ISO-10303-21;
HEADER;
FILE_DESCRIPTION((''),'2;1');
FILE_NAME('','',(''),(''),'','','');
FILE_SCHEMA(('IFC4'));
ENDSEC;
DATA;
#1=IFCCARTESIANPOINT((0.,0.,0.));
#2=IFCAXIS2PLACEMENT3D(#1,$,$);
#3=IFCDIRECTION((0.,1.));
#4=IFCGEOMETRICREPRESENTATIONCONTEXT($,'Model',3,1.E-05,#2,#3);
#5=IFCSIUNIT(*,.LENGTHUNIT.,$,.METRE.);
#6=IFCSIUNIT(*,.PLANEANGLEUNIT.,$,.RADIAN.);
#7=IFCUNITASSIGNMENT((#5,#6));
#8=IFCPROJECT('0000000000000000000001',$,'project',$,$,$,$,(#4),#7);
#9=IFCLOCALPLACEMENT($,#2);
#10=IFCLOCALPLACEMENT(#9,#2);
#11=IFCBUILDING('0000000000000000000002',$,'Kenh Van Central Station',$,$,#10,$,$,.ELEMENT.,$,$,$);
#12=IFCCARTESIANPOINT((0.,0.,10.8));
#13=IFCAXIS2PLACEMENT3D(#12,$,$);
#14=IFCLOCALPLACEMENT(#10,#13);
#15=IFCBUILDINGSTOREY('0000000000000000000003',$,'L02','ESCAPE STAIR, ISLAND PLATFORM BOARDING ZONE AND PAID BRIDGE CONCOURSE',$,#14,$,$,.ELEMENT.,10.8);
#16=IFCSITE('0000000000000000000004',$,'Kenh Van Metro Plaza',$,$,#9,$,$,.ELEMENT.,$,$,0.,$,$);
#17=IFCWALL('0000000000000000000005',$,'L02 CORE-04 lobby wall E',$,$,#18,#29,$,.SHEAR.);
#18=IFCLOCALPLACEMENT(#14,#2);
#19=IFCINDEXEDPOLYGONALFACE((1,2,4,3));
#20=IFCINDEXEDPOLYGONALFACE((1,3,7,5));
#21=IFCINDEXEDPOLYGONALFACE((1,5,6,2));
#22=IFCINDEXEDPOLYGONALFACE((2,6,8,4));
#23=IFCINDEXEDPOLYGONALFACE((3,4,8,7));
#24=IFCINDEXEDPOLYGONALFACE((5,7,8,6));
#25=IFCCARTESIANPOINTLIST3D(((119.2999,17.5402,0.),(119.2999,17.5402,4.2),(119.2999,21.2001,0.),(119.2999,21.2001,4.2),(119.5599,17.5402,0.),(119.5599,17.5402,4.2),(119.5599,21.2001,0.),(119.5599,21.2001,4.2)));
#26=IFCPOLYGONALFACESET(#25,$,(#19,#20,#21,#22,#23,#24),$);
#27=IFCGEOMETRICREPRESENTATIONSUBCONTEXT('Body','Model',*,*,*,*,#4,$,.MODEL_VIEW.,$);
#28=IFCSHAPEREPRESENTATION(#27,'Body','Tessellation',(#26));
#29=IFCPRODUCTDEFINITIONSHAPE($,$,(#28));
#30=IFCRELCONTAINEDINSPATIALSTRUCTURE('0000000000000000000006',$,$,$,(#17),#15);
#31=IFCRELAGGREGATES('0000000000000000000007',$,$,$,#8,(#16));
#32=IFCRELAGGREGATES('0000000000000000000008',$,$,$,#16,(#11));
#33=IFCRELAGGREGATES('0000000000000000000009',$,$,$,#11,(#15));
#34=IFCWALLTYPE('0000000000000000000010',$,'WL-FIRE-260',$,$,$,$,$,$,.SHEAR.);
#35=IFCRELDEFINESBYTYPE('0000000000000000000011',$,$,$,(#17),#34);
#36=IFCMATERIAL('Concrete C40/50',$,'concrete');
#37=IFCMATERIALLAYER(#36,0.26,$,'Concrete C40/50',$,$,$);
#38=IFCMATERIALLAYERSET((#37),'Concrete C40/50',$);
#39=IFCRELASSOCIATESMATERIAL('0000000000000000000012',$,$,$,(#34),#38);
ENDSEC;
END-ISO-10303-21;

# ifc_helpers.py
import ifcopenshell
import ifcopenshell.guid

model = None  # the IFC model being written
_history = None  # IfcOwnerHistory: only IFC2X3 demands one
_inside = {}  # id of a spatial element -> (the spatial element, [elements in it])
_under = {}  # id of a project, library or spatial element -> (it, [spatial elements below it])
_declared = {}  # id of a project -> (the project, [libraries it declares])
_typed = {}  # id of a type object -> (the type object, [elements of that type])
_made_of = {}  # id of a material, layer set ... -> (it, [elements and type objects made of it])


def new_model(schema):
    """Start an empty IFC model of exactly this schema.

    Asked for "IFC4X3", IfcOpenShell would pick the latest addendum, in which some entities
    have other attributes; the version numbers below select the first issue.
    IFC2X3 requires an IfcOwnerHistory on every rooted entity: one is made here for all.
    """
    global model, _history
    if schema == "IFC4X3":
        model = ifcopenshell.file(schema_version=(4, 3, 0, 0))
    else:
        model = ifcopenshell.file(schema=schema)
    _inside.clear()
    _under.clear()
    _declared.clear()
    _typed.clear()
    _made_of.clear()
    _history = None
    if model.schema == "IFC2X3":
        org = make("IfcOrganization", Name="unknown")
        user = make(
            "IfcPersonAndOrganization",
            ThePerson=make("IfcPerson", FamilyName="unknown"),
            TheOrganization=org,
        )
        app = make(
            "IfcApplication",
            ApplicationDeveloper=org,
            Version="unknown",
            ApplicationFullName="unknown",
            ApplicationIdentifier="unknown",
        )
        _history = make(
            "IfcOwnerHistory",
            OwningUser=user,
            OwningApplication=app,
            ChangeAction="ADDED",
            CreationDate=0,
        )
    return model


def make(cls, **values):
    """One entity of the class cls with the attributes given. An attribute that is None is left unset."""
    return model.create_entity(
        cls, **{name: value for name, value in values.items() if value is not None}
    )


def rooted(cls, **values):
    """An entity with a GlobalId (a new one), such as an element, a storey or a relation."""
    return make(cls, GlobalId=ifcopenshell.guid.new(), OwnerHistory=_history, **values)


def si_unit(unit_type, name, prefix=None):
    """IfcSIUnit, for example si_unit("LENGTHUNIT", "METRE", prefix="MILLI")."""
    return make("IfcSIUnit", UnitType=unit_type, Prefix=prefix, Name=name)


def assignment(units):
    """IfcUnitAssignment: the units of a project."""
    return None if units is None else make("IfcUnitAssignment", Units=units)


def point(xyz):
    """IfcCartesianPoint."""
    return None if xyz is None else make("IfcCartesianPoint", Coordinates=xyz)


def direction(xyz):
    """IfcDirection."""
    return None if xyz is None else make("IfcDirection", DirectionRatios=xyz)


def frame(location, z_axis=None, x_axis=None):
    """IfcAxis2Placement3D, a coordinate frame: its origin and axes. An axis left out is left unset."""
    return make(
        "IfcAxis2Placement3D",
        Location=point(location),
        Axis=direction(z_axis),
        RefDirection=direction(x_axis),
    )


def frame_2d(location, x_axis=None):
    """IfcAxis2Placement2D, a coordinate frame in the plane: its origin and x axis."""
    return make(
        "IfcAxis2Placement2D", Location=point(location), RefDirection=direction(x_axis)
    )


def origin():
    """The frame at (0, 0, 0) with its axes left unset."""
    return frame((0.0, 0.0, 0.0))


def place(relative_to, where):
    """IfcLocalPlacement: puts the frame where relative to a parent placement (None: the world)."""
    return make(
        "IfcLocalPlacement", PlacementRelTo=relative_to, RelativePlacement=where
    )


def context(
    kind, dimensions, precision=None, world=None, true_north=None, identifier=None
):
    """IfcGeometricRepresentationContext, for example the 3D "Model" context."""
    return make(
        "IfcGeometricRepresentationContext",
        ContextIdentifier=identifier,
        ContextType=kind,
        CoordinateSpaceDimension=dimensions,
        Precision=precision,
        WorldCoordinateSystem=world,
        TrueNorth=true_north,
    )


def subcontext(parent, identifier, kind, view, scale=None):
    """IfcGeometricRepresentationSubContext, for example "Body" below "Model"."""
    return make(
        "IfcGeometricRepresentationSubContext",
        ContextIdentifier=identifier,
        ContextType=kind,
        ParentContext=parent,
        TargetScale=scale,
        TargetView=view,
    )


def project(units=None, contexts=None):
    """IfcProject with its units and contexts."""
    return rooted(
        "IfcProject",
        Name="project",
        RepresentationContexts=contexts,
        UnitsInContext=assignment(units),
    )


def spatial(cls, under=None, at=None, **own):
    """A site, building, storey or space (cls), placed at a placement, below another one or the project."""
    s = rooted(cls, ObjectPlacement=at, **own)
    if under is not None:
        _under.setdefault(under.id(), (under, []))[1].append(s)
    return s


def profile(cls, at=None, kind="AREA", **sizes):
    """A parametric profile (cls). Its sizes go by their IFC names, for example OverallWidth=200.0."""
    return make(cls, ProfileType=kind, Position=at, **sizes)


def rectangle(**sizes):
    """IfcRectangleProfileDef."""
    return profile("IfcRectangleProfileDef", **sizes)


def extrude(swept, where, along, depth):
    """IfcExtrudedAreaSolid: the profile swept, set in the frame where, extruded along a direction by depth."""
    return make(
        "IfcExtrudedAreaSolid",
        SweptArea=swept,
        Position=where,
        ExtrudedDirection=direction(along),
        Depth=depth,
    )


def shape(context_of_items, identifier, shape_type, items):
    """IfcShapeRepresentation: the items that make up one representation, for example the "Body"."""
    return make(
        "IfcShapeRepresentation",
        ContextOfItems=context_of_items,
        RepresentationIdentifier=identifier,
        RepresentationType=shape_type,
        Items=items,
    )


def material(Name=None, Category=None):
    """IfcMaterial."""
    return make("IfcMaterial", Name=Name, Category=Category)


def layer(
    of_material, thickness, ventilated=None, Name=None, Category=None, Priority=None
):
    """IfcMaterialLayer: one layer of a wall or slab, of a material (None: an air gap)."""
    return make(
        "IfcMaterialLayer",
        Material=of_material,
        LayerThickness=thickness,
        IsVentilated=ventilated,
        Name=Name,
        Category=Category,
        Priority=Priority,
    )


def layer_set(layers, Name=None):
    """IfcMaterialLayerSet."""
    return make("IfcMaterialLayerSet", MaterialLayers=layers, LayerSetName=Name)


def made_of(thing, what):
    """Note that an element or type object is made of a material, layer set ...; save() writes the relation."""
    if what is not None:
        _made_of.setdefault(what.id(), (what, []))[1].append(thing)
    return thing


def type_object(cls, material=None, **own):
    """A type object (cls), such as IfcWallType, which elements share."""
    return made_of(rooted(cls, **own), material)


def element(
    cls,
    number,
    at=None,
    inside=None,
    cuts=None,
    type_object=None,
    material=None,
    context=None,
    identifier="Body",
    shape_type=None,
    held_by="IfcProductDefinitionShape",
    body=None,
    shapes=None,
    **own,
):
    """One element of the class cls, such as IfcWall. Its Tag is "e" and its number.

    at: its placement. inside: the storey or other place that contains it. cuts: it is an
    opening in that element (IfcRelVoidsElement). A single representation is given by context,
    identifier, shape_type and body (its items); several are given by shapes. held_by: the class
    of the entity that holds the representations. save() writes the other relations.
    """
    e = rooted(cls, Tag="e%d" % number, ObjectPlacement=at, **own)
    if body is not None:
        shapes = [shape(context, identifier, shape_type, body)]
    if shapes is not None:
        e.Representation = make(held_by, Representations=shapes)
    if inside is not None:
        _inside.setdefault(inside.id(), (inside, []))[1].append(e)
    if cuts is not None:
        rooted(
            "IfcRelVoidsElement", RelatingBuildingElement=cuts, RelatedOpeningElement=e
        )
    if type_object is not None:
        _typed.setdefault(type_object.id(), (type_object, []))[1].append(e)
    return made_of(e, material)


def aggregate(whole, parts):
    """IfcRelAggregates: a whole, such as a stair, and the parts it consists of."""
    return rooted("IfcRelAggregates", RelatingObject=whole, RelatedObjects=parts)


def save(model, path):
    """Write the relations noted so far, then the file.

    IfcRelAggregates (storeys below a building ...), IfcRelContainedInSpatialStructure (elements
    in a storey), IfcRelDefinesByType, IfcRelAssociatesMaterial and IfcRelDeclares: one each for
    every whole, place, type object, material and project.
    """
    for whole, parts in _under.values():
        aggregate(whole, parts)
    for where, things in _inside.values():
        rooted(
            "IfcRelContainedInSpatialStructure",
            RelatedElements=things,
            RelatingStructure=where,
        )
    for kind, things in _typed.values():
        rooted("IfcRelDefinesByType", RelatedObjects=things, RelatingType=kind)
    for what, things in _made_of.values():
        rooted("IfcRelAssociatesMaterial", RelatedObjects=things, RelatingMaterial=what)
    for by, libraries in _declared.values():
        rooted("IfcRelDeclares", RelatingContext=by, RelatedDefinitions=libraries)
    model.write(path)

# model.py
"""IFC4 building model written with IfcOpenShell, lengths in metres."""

from ifc_helpers import new_model, si_unit, direction, frame, frame_2d, origin, place, context, subcontext, project, spatial, rectangle, extrude, material, layer, layer_set, type_object, element, save


model = new_model("IFC4")

# Units and contexts
model_context = context("Model", 3, precision=1e-05, world=origin(), true_north=direction((0.0, 1.0)))
body_context = subcontext(model_context, "Body", "Model", "MODEL_VIEW")
ifc_project = project(units=[si_unit("LENGTHUNIT", "METRE"), si_unit("PLANEANGLEUNIT", "RADIAN")], contexts=[model_context])

# Site, building, storey
site_placement = place(None, origin())
site = spatial("IfcSite", under=ifc_project, at=site_placement, Name="Kenh Van Metro Plaza", CompositionType="ELEMENT", RefElevation=0.0)
building_placement = place(site_placement, origin())
building = spatial("IfcBuilding", under=site, at=building_placement, Name="Kenh Van Central Station", CompositionType="ELEMENT")
storey_placement = place(building_placement, frame((0.0, 0.0, 10.8)))
storey = spatial("IfcBuildingStorey", under=building, at=storey_placement, Name="L02", Description="ESCAPE STAIR, ISLAND PLATFORM BOARDING ZONE AND PAID BRIDGE CONCOURSE", CompositionType="ELEMENT", Elevation=10.8)

# Shared definitions
ifc_material_1 = material(Name="Concrete C40/50", Category="concrete")

# Wall
ifc_layer_1 = layer(ifc_material_1, 0.26, Name="Concrete C40/50")
ifc_layer_set_1 = layer_set([ifc_layer_1], Name="Concrete C40/50")
wall_type_1 = type_object("IfcWallType", Name="WL-FIRE-260", PredefinedType="SHEAR", material=ifc_layer_set_1)
wall_1_placement = place(storey_placement, frame((119.4299, 17.54, 0.0), z_axis=(0.0, 0.0, 1.0), x_axis=(0.0, 1.0, 0.0)))
element("IfcWall", 1, at=wall_1_placement, inside=storey, type_object=wall_type_1, Name="L02 CORE-04 lobby wall E", PredefinedType="SHEAR", context=body_context, shape_type="SweptSolid", body=[
    extrude(rectangle(XDim=3.6599, YDim=0.26, at=frame_2d((1.8301, 0.0))), origin(), (0.0, 0.0, 1.0), 4.2),
])

save(model, "model.ifc")
